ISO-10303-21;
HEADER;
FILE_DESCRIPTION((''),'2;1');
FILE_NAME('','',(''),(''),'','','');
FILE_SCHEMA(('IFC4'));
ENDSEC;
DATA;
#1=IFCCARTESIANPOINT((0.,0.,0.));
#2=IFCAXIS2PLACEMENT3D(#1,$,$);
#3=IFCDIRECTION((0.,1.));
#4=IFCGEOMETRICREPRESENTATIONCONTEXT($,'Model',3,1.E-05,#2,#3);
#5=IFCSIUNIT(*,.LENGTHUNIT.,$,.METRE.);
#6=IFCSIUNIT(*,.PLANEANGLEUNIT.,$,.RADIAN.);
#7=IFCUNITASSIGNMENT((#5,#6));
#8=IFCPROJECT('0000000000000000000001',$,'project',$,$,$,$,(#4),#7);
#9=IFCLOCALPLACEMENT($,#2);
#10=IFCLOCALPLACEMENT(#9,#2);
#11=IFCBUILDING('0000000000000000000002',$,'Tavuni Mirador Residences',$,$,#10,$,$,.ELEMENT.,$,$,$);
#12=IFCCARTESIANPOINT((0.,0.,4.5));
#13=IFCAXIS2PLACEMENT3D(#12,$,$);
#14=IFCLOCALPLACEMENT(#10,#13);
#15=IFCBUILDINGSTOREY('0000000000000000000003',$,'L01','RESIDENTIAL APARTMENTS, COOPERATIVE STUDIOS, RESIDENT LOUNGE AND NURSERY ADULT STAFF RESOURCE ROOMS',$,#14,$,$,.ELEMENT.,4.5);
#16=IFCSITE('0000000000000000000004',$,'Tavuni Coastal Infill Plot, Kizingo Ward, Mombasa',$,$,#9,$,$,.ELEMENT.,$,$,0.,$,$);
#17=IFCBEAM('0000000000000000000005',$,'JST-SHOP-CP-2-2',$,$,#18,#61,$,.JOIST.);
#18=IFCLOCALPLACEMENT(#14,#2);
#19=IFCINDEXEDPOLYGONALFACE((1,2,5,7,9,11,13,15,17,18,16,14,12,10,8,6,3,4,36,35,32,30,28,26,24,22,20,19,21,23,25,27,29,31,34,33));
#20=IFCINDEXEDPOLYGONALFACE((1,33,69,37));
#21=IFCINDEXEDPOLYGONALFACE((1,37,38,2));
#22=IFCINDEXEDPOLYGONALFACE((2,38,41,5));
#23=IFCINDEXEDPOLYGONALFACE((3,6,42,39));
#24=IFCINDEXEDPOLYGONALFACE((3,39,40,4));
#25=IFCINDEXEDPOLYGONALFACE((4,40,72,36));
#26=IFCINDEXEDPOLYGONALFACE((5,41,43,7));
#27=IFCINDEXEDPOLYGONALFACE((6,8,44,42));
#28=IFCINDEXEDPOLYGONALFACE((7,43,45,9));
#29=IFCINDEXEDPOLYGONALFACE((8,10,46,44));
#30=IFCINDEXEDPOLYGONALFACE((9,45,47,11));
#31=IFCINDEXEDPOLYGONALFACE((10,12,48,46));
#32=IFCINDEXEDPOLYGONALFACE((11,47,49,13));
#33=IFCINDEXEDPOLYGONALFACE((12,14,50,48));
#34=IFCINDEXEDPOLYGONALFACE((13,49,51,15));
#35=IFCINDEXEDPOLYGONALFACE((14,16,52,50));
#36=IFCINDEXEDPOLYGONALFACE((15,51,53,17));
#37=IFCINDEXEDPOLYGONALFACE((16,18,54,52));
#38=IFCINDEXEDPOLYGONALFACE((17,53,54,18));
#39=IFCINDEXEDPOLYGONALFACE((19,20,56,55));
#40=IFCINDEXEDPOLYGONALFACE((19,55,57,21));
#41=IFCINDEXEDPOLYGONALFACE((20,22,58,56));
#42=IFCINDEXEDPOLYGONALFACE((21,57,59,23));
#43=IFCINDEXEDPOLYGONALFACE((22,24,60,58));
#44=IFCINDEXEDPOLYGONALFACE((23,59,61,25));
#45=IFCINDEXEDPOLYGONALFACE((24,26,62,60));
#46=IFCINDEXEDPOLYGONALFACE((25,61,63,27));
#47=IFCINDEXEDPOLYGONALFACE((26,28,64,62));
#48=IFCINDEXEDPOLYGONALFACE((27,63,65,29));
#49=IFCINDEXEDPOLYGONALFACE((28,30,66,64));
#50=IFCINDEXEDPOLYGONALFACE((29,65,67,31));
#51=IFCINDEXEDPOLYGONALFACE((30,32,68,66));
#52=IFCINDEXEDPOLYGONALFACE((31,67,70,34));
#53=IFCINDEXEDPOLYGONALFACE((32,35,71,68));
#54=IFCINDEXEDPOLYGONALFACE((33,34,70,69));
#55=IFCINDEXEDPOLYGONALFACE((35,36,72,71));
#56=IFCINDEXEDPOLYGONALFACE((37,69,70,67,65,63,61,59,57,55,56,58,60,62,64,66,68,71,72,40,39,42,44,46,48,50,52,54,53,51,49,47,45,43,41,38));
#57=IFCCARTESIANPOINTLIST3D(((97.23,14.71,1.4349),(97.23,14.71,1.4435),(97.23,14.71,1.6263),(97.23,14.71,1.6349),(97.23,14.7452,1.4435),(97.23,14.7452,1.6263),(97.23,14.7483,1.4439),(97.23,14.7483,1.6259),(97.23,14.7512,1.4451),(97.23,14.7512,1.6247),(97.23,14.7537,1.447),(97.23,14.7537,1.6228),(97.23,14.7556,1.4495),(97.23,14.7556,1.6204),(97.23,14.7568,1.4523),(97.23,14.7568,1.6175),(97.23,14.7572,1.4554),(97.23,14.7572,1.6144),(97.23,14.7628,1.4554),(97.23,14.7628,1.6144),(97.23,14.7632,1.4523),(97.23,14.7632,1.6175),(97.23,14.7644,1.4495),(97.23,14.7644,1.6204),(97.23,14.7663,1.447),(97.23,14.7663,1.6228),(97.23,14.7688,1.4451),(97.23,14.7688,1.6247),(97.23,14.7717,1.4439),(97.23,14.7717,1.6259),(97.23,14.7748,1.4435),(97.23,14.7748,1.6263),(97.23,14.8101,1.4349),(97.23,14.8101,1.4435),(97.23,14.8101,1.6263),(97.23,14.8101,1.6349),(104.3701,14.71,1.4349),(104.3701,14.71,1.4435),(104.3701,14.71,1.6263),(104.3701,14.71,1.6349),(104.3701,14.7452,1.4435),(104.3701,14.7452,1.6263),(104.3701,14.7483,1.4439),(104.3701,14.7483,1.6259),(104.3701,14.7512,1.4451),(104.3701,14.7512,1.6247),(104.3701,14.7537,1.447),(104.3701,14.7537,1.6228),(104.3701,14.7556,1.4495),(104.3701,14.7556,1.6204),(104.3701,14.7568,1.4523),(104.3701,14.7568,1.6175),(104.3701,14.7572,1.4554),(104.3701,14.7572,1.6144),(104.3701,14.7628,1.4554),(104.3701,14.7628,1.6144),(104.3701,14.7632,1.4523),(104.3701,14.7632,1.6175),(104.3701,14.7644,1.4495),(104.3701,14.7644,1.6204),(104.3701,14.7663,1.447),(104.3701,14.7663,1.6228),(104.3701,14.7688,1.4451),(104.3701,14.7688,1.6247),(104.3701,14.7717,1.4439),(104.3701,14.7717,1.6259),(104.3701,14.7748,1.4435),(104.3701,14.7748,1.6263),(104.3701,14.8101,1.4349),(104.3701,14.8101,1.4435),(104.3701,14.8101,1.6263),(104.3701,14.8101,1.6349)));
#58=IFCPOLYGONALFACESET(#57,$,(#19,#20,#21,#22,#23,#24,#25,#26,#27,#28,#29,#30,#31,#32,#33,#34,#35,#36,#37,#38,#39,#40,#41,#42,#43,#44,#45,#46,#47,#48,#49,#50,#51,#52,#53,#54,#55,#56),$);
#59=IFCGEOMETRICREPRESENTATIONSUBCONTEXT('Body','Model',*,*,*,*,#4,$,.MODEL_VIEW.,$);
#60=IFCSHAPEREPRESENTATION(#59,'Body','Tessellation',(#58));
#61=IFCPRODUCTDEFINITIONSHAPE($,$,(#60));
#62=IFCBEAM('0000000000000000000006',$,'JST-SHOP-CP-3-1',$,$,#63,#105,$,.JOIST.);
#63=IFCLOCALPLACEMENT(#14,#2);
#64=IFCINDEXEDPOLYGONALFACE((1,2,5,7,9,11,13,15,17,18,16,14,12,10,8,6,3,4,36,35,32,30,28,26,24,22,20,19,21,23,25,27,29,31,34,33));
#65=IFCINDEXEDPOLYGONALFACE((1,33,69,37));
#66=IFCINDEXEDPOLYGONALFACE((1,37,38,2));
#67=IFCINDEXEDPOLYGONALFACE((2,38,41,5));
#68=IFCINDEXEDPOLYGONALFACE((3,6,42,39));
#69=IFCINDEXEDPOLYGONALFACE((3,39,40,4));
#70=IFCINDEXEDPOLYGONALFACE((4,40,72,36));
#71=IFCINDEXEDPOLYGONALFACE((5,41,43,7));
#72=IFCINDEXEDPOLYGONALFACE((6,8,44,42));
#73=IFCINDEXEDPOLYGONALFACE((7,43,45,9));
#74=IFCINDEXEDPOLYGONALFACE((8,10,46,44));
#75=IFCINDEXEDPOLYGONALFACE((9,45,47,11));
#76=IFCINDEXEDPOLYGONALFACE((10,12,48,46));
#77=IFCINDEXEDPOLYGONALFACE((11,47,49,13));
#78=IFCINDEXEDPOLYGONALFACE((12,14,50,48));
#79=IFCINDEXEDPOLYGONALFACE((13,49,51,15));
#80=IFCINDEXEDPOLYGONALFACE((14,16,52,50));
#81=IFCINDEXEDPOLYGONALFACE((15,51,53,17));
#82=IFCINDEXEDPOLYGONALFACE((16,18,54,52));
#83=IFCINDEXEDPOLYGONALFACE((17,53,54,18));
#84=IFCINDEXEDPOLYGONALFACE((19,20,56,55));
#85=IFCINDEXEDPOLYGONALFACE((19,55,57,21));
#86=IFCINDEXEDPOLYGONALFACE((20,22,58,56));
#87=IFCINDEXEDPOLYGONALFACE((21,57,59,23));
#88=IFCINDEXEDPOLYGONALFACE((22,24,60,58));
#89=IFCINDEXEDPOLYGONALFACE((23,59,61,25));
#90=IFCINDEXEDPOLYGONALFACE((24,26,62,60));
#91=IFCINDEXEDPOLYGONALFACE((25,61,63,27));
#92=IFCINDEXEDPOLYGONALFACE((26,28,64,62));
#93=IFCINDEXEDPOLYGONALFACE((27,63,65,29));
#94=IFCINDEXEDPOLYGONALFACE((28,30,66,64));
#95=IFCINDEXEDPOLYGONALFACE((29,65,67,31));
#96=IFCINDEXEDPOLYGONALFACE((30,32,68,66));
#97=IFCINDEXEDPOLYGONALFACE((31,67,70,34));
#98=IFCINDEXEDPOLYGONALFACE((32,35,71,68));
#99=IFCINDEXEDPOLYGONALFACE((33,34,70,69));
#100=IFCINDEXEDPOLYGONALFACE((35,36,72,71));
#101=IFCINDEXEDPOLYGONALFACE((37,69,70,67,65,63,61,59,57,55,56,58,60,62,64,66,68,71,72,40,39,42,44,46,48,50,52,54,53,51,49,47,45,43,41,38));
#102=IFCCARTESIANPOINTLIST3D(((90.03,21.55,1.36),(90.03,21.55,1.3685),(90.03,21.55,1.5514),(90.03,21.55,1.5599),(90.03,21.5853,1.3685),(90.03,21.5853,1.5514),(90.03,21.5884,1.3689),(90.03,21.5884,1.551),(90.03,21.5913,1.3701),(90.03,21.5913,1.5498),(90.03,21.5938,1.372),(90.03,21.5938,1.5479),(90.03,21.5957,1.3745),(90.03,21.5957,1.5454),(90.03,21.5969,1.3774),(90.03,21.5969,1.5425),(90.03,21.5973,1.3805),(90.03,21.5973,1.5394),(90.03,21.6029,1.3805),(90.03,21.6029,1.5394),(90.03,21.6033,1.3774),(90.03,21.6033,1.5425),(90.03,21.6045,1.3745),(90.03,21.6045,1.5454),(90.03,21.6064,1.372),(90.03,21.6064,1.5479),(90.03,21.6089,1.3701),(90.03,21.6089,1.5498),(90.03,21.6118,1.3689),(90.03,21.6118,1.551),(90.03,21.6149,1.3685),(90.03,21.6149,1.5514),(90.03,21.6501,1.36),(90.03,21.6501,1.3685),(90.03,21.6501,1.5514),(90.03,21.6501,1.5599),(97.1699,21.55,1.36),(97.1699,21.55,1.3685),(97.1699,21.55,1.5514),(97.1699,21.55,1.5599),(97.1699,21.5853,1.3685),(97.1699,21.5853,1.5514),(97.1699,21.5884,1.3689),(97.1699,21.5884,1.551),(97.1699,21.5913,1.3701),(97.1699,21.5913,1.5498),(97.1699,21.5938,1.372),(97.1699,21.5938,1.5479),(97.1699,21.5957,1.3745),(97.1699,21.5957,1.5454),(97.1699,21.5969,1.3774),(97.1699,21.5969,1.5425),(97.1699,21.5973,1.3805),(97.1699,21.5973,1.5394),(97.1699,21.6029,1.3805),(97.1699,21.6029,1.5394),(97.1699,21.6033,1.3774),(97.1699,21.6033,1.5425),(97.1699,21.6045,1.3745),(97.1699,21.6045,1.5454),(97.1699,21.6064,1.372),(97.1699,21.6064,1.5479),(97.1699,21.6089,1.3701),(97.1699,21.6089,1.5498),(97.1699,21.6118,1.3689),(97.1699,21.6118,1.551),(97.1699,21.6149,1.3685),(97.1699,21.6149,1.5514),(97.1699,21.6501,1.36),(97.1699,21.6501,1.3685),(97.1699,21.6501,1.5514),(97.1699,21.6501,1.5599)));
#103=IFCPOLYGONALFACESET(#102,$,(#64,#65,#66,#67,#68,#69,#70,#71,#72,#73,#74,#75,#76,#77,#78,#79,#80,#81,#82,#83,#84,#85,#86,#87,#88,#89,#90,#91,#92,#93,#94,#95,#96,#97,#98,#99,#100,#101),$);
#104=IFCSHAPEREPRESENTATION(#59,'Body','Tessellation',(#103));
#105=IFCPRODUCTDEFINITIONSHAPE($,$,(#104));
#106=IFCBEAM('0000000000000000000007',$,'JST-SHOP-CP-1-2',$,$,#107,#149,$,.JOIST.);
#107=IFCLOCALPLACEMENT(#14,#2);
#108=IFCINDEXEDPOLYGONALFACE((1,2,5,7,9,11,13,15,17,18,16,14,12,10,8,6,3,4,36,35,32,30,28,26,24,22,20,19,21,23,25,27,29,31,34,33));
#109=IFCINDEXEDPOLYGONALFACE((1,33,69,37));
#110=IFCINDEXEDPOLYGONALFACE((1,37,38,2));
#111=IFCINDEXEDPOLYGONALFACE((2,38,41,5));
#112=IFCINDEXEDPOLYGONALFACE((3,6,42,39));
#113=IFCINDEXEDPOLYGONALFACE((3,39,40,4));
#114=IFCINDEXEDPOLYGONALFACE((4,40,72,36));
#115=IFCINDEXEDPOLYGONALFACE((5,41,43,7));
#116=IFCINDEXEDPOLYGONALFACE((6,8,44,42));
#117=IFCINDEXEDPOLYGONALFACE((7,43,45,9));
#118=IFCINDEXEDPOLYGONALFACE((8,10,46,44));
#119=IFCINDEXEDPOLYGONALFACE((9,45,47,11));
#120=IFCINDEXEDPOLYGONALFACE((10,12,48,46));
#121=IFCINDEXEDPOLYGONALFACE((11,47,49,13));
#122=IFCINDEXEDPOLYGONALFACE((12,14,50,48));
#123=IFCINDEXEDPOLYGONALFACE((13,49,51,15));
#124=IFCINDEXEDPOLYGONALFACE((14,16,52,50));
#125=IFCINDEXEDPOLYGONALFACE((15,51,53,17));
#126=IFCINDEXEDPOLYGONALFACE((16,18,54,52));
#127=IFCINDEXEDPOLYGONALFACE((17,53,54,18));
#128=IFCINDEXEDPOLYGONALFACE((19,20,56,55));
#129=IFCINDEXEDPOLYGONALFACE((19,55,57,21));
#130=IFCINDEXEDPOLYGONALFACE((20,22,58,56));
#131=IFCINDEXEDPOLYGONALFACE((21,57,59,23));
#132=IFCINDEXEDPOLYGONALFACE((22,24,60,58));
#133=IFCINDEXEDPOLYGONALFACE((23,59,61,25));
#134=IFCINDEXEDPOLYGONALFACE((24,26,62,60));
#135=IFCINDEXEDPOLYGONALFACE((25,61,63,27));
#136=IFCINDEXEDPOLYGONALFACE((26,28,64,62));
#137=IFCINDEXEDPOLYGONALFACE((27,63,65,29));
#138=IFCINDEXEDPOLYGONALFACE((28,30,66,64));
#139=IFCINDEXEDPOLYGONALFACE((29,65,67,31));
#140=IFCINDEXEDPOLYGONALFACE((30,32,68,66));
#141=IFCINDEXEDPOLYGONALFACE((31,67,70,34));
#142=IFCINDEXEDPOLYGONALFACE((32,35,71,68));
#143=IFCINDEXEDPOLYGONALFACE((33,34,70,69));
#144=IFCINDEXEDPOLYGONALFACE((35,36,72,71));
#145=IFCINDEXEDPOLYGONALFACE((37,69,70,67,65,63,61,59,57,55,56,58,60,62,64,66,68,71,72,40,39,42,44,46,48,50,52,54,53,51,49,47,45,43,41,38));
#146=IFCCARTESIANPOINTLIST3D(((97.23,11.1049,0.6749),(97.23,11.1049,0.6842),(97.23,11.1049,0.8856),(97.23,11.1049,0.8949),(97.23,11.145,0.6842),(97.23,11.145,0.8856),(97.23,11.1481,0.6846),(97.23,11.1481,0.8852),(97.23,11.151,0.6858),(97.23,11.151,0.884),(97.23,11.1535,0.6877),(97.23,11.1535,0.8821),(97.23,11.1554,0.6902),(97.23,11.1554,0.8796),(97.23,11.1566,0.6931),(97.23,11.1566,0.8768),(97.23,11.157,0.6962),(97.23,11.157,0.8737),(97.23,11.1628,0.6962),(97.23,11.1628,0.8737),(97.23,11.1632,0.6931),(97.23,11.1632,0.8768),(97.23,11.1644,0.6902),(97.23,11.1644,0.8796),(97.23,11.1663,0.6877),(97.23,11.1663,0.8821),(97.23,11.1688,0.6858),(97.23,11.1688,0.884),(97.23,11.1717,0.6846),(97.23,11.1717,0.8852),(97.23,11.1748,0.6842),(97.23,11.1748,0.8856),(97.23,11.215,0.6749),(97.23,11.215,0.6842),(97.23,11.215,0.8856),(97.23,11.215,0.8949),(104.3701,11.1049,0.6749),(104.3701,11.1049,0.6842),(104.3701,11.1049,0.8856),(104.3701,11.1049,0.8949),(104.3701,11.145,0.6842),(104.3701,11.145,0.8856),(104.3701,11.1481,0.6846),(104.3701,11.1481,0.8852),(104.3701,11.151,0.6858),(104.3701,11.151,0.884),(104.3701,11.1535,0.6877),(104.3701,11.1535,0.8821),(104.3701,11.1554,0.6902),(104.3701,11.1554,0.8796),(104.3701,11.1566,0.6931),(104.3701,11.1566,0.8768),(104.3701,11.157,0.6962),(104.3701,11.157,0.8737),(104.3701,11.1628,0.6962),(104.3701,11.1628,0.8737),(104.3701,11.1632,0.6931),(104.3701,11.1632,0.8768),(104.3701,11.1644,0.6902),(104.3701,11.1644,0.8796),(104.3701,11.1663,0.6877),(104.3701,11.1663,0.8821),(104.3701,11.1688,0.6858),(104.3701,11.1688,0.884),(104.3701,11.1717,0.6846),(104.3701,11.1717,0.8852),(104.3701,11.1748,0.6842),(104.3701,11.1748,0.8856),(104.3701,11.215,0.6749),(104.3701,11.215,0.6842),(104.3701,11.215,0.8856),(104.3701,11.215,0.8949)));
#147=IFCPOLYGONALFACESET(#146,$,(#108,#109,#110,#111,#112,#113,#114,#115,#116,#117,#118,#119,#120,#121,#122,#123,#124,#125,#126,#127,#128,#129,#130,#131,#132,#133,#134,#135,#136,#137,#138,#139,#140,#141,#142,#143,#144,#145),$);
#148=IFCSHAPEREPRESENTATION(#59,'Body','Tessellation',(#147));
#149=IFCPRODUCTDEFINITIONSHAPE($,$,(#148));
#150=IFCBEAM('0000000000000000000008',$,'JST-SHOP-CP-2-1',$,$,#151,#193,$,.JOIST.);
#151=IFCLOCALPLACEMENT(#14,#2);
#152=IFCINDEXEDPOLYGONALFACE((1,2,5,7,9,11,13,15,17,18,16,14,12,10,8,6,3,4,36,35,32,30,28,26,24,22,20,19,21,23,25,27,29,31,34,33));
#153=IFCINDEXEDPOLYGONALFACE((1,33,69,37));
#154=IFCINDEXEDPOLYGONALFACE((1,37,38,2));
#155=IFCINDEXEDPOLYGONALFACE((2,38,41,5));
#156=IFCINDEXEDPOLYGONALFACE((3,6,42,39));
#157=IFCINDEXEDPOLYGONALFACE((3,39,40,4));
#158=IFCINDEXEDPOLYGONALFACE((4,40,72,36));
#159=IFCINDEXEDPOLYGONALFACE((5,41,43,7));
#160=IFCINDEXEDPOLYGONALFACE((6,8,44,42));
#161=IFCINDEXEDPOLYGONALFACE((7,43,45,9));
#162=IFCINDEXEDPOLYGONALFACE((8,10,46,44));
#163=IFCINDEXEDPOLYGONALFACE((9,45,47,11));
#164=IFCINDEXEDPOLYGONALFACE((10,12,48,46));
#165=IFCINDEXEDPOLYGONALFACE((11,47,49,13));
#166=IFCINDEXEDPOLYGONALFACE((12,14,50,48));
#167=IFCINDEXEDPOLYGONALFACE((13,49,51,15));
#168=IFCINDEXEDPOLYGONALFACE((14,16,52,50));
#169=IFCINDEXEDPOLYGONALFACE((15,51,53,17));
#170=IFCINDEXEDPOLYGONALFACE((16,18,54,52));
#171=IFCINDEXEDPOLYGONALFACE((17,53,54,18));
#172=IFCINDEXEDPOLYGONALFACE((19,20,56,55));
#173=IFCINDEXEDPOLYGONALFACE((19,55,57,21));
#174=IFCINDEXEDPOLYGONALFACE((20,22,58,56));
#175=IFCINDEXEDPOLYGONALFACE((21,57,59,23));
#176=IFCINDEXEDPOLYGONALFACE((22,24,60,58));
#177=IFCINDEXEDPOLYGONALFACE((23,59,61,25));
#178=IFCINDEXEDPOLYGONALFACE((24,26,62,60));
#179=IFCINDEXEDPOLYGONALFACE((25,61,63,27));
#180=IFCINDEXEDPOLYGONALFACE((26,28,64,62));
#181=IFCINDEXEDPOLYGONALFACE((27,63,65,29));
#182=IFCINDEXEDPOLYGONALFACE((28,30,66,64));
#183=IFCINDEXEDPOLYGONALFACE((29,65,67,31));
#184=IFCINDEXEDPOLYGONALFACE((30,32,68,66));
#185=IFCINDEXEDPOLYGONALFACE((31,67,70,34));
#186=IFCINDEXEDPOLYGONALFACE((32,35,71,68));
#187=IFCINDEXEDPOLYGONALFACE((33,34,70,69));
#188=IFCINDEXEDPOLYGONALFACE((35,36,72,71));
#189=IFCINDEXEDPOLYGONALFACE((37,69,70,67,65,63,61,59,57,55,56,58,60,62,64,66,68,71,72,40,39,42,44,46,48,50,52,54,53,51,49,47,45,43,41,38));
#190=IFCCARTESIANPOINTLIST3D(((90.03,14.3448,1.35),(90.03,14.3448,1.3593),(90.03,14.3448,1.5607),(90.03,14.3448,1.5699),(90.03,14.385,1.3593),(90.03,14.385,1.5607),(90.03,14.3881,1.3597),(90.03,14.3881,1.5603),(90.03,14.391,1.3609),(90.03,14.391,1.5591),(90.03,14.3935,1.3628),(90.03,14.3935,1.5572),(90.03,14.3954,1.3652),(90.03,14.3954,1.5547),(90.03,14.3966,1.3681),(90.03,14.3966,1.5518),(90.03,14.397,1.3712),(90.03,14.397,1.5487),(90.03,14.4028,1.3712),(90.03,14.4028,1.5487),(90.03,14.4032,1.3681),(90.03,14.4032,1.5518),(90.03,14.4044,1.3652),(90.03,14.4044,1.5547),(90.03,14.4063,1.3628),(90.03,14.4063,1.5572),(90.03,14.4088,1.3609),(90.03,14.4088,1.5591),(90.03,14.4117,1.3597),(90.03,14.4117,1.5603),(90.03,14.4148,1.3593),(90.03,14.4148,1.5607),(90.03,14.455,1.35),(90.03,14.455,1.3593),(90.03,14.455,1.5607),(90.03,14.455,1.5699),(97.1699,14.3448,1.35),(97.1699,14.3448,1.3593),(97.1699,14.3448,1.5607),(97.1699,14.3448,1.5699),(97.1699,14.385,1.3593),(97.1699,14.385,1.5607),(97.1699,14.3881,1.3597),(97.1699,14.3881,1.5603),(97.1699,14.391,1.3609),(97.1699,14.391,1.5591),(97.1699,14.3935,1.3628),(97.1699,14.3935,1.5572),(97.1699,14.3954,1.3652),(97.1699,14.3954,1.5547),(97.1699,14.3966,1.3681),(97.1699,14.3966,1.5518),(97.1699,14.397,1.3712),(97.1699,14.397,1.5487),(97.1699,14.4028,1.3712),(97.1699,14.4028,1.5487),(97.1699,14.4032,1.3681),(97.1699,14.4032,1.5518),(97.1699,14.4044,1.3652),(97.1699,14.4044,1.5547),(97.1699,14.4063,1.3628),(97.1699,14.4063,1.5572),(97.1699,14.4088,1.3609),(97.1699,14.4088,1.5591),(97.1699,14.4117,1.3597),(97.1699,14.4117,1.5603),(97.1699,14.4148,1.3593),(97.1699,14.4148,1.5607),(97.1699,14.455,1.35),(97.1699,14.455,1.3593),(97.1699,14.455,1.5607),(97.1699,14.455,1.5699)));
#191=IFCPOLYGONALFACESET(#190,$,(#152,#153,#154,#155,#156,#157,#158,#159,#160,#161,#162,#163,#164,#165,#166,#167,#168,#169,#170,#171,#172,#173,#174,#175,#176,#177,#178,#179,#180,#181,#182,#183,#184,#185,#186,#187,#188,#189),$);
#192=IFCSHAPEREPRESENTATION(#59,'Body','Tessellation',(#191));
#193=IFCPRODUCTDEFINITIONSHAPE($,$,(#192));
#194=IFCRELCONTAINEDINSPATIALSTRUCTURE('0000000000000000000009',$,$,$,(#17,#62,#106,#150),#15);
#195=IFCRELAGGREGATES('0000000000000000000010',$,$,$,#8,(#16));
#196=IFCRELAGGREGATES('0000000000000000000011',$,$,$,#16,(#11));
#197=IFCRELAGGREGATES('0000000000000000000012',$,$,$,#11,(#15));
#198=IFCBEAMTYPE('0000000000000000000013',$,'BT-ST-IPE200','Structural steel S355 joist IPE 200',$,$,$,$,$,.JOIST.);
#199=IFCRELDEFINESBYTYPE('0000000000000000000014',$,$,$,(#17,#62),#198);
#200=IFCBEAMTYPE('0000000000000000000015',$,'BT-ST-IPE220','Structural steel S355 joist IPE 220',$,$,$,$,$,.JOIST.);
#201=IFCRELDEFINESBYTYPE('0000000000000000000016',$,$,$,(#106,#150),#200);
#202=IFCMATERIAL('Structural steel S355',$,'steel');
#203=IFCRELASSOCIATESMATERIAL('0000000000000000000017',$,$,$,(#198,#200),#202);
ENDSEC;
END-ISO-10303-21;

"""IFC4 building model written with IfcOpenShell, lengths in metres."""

from ifc_helpers import new_model, si_unit, direction, frame, origin, origin_2d, place, context, subcontext, project, spatial, i_section, extrude, material, material_profile, profile_set, type_object, element, save


model = new_model("IFC4")

# Units and contexts
model_context = context("Model", 3, precision=1e-05, world=origin(), true_north=direction((0.0, 1.0)))
body_context = subcontext(model_context, "Body", "Model", "MODEL_VIEW")
ifc_project = project(units=[si_unit("LENGTHUNIT", "METRE"), si_unit("PLANEANGLEUNIT", "RADIAN")], contexts=[model_context])

# Site, building, storey
site_placement = place(None, origin())
site = spatial("IfcSite", under=ifc_project, at=site_placement, Name="Tavuni Coastal Infill Plot, Kizingo Ward, Mombasa", CompositionType="ELEMENT", RefElevation=0.0)
building_placement = place(site_placement, origin())
building = spatial("IfcBuilding", under=site, at=building_placement, Name="Tavuni Mirador Residences", CompositionType="ELEMENT")
storey_placement = place(building_placement, frame((0.0, 0.0, 4.5)))
storey = spatial("IfcBuildingStorey", under=building, at=storey_placement, Name="L01", Description="RESIDENTIAL APARTMENTS, COOPERATIVE STUDIOS, RESIDENT LOUNGE AND NURSERY ADULT STAFF RESOURCE ROOMS", CompositionType="ELEMENT", Elevation=4.5)

# Shared definitions
ifc_material_1 = material(Name="Structural steel S355", Category="steel")

# Beams
ifc_material_profile_1 = material_profile(ifc_material_1, i_section(OverallWidth=0.1001, OverallDepth=0.2, WebThickness=0.0056, FlangeThickness=0.0085, FilletRadius=0.012, at=origin_2d()), Name="IPE 200", Category="steel")
ifc_profile_set_1 = profile_set([ifc_material_profile_1], Name="Structural steel S355")
beam_type_1 = type_object("IfcBeamType", Name="BT-ST-IPE200", Description="Structural steel S355 joist IPE 200", PredefinedType="JOIST", material=ifc_profile_set_1)
beam_1_placement = place(storey_placement, frame((97.23, 14.76, 1.5349), z_axis=(1.0, 0.0, 0.0), x_axis=(0.0, 1.0, 0.0)))
element("IfcBeam", 1, at=beam_1_placement, inside=storey, type_object=beam_type_1, Name="JST-SHOP-CP-2-2", PredefinedType="JOIST", context=body_context, shape_type="SweptSolid", body=[
    extrude(i_section(OverallWidth=0.1001, OverallDepth=0.2, WebThickness=0.0056, FlangeThickness=0.0085, FilletRadius=0.012, at=origin_2d()), origin(), (0.0, 0.0, 1.0), 7.1401),
])
beam_2_placement = place(storey_placement, frame((90.03, 21.6001, 1.46), z_axis=(1.0, 0.0, 0.0), x_axis=(0.0, 1.0, 0.0)))
element("IfcBeam", 2, at=beam_2_placement, inside=storey, type_object=beam_type_1, Name="JST-SHOP-CP-3-1", PredefinedType="JOIST", context=body_context, shape_type="SweptSolid", body=[
    extrude(i_section(OverallWidth=0.1001, OverallDepth=0.2, WebThickness=0.0056, FlangeThickness=0.0085, FilletRadius=0.012, at=origin_2d()), origin(), (0.0, 0.0, 1.0), 7.1399),
])
ifc_material_profile_2 = material_profile(ifc_material_1, i_section(OverallWidth=0.1101, OverallDepth=0.22, WebThickness=0.0059, FlangeThickness=0.0093, FilletRadius=0.012, at=origin_2d()), Name="IPE 220", Category="steel")
ifc_profile_set_2 = profile_set([ifc_material_profile_2], Name="Structural steel S355")
beam_type_2 = type_object("IfcBeamType", Name="BT-ST-IPE220", Description="Structural steel S355 joist IPE 220", PredefinedType="JOIST", material=ifc_profile_set_2)
beam_3_placement = place(storey_placement, frame((97.23, 11.1599, 0.7849), z_axis=(1.0, 0.0, 0.0), x_axis=(0.0, 1.0, 0.0)))
element("IfcBeam", 3, at=beam_3_placement, inside=storey, type_object=beam_type_2, Name="JST-SHOP-CP-1-2", PredefinedType="JOIST", context=body_context, shape_type="SweptSolid", body=[
    extrude(i_section(OverallWidth=0.1101, OverallDepth=0.22, WebThickness=0.0059, FlangeThickness=0.0093, FilletRadius=0.012, at=origin_2d()), origin(), (0.0, 0.0, 1.0), 7.1401),
])
beam_4_placement = place(storey_placement, frame((90.03, 14.3999, 1.46), z_axis=(1.0, 0.0, 0.0), x_axis=(0.0, 1.0, 0.0)))
element("IfcBeam", 4, at=beam_4_placement, inside=storey, type_object=beam_type_2, Name="JST-SHOP-CP-2-1", PredefinedType="JOIST", context=body_context, shape_type="SweptSolid", body=[
    extrude(i_section(OverallWidth=0.1101, OverallDepth=0.22, WebThickness=0.0059, FlangeThickness=0.0093, FilletRadius=0.012, at=origin_2d()), origin(), (0.0, 0.0, 1.0), 7.1399),
])

save(model, "model.ifc")
